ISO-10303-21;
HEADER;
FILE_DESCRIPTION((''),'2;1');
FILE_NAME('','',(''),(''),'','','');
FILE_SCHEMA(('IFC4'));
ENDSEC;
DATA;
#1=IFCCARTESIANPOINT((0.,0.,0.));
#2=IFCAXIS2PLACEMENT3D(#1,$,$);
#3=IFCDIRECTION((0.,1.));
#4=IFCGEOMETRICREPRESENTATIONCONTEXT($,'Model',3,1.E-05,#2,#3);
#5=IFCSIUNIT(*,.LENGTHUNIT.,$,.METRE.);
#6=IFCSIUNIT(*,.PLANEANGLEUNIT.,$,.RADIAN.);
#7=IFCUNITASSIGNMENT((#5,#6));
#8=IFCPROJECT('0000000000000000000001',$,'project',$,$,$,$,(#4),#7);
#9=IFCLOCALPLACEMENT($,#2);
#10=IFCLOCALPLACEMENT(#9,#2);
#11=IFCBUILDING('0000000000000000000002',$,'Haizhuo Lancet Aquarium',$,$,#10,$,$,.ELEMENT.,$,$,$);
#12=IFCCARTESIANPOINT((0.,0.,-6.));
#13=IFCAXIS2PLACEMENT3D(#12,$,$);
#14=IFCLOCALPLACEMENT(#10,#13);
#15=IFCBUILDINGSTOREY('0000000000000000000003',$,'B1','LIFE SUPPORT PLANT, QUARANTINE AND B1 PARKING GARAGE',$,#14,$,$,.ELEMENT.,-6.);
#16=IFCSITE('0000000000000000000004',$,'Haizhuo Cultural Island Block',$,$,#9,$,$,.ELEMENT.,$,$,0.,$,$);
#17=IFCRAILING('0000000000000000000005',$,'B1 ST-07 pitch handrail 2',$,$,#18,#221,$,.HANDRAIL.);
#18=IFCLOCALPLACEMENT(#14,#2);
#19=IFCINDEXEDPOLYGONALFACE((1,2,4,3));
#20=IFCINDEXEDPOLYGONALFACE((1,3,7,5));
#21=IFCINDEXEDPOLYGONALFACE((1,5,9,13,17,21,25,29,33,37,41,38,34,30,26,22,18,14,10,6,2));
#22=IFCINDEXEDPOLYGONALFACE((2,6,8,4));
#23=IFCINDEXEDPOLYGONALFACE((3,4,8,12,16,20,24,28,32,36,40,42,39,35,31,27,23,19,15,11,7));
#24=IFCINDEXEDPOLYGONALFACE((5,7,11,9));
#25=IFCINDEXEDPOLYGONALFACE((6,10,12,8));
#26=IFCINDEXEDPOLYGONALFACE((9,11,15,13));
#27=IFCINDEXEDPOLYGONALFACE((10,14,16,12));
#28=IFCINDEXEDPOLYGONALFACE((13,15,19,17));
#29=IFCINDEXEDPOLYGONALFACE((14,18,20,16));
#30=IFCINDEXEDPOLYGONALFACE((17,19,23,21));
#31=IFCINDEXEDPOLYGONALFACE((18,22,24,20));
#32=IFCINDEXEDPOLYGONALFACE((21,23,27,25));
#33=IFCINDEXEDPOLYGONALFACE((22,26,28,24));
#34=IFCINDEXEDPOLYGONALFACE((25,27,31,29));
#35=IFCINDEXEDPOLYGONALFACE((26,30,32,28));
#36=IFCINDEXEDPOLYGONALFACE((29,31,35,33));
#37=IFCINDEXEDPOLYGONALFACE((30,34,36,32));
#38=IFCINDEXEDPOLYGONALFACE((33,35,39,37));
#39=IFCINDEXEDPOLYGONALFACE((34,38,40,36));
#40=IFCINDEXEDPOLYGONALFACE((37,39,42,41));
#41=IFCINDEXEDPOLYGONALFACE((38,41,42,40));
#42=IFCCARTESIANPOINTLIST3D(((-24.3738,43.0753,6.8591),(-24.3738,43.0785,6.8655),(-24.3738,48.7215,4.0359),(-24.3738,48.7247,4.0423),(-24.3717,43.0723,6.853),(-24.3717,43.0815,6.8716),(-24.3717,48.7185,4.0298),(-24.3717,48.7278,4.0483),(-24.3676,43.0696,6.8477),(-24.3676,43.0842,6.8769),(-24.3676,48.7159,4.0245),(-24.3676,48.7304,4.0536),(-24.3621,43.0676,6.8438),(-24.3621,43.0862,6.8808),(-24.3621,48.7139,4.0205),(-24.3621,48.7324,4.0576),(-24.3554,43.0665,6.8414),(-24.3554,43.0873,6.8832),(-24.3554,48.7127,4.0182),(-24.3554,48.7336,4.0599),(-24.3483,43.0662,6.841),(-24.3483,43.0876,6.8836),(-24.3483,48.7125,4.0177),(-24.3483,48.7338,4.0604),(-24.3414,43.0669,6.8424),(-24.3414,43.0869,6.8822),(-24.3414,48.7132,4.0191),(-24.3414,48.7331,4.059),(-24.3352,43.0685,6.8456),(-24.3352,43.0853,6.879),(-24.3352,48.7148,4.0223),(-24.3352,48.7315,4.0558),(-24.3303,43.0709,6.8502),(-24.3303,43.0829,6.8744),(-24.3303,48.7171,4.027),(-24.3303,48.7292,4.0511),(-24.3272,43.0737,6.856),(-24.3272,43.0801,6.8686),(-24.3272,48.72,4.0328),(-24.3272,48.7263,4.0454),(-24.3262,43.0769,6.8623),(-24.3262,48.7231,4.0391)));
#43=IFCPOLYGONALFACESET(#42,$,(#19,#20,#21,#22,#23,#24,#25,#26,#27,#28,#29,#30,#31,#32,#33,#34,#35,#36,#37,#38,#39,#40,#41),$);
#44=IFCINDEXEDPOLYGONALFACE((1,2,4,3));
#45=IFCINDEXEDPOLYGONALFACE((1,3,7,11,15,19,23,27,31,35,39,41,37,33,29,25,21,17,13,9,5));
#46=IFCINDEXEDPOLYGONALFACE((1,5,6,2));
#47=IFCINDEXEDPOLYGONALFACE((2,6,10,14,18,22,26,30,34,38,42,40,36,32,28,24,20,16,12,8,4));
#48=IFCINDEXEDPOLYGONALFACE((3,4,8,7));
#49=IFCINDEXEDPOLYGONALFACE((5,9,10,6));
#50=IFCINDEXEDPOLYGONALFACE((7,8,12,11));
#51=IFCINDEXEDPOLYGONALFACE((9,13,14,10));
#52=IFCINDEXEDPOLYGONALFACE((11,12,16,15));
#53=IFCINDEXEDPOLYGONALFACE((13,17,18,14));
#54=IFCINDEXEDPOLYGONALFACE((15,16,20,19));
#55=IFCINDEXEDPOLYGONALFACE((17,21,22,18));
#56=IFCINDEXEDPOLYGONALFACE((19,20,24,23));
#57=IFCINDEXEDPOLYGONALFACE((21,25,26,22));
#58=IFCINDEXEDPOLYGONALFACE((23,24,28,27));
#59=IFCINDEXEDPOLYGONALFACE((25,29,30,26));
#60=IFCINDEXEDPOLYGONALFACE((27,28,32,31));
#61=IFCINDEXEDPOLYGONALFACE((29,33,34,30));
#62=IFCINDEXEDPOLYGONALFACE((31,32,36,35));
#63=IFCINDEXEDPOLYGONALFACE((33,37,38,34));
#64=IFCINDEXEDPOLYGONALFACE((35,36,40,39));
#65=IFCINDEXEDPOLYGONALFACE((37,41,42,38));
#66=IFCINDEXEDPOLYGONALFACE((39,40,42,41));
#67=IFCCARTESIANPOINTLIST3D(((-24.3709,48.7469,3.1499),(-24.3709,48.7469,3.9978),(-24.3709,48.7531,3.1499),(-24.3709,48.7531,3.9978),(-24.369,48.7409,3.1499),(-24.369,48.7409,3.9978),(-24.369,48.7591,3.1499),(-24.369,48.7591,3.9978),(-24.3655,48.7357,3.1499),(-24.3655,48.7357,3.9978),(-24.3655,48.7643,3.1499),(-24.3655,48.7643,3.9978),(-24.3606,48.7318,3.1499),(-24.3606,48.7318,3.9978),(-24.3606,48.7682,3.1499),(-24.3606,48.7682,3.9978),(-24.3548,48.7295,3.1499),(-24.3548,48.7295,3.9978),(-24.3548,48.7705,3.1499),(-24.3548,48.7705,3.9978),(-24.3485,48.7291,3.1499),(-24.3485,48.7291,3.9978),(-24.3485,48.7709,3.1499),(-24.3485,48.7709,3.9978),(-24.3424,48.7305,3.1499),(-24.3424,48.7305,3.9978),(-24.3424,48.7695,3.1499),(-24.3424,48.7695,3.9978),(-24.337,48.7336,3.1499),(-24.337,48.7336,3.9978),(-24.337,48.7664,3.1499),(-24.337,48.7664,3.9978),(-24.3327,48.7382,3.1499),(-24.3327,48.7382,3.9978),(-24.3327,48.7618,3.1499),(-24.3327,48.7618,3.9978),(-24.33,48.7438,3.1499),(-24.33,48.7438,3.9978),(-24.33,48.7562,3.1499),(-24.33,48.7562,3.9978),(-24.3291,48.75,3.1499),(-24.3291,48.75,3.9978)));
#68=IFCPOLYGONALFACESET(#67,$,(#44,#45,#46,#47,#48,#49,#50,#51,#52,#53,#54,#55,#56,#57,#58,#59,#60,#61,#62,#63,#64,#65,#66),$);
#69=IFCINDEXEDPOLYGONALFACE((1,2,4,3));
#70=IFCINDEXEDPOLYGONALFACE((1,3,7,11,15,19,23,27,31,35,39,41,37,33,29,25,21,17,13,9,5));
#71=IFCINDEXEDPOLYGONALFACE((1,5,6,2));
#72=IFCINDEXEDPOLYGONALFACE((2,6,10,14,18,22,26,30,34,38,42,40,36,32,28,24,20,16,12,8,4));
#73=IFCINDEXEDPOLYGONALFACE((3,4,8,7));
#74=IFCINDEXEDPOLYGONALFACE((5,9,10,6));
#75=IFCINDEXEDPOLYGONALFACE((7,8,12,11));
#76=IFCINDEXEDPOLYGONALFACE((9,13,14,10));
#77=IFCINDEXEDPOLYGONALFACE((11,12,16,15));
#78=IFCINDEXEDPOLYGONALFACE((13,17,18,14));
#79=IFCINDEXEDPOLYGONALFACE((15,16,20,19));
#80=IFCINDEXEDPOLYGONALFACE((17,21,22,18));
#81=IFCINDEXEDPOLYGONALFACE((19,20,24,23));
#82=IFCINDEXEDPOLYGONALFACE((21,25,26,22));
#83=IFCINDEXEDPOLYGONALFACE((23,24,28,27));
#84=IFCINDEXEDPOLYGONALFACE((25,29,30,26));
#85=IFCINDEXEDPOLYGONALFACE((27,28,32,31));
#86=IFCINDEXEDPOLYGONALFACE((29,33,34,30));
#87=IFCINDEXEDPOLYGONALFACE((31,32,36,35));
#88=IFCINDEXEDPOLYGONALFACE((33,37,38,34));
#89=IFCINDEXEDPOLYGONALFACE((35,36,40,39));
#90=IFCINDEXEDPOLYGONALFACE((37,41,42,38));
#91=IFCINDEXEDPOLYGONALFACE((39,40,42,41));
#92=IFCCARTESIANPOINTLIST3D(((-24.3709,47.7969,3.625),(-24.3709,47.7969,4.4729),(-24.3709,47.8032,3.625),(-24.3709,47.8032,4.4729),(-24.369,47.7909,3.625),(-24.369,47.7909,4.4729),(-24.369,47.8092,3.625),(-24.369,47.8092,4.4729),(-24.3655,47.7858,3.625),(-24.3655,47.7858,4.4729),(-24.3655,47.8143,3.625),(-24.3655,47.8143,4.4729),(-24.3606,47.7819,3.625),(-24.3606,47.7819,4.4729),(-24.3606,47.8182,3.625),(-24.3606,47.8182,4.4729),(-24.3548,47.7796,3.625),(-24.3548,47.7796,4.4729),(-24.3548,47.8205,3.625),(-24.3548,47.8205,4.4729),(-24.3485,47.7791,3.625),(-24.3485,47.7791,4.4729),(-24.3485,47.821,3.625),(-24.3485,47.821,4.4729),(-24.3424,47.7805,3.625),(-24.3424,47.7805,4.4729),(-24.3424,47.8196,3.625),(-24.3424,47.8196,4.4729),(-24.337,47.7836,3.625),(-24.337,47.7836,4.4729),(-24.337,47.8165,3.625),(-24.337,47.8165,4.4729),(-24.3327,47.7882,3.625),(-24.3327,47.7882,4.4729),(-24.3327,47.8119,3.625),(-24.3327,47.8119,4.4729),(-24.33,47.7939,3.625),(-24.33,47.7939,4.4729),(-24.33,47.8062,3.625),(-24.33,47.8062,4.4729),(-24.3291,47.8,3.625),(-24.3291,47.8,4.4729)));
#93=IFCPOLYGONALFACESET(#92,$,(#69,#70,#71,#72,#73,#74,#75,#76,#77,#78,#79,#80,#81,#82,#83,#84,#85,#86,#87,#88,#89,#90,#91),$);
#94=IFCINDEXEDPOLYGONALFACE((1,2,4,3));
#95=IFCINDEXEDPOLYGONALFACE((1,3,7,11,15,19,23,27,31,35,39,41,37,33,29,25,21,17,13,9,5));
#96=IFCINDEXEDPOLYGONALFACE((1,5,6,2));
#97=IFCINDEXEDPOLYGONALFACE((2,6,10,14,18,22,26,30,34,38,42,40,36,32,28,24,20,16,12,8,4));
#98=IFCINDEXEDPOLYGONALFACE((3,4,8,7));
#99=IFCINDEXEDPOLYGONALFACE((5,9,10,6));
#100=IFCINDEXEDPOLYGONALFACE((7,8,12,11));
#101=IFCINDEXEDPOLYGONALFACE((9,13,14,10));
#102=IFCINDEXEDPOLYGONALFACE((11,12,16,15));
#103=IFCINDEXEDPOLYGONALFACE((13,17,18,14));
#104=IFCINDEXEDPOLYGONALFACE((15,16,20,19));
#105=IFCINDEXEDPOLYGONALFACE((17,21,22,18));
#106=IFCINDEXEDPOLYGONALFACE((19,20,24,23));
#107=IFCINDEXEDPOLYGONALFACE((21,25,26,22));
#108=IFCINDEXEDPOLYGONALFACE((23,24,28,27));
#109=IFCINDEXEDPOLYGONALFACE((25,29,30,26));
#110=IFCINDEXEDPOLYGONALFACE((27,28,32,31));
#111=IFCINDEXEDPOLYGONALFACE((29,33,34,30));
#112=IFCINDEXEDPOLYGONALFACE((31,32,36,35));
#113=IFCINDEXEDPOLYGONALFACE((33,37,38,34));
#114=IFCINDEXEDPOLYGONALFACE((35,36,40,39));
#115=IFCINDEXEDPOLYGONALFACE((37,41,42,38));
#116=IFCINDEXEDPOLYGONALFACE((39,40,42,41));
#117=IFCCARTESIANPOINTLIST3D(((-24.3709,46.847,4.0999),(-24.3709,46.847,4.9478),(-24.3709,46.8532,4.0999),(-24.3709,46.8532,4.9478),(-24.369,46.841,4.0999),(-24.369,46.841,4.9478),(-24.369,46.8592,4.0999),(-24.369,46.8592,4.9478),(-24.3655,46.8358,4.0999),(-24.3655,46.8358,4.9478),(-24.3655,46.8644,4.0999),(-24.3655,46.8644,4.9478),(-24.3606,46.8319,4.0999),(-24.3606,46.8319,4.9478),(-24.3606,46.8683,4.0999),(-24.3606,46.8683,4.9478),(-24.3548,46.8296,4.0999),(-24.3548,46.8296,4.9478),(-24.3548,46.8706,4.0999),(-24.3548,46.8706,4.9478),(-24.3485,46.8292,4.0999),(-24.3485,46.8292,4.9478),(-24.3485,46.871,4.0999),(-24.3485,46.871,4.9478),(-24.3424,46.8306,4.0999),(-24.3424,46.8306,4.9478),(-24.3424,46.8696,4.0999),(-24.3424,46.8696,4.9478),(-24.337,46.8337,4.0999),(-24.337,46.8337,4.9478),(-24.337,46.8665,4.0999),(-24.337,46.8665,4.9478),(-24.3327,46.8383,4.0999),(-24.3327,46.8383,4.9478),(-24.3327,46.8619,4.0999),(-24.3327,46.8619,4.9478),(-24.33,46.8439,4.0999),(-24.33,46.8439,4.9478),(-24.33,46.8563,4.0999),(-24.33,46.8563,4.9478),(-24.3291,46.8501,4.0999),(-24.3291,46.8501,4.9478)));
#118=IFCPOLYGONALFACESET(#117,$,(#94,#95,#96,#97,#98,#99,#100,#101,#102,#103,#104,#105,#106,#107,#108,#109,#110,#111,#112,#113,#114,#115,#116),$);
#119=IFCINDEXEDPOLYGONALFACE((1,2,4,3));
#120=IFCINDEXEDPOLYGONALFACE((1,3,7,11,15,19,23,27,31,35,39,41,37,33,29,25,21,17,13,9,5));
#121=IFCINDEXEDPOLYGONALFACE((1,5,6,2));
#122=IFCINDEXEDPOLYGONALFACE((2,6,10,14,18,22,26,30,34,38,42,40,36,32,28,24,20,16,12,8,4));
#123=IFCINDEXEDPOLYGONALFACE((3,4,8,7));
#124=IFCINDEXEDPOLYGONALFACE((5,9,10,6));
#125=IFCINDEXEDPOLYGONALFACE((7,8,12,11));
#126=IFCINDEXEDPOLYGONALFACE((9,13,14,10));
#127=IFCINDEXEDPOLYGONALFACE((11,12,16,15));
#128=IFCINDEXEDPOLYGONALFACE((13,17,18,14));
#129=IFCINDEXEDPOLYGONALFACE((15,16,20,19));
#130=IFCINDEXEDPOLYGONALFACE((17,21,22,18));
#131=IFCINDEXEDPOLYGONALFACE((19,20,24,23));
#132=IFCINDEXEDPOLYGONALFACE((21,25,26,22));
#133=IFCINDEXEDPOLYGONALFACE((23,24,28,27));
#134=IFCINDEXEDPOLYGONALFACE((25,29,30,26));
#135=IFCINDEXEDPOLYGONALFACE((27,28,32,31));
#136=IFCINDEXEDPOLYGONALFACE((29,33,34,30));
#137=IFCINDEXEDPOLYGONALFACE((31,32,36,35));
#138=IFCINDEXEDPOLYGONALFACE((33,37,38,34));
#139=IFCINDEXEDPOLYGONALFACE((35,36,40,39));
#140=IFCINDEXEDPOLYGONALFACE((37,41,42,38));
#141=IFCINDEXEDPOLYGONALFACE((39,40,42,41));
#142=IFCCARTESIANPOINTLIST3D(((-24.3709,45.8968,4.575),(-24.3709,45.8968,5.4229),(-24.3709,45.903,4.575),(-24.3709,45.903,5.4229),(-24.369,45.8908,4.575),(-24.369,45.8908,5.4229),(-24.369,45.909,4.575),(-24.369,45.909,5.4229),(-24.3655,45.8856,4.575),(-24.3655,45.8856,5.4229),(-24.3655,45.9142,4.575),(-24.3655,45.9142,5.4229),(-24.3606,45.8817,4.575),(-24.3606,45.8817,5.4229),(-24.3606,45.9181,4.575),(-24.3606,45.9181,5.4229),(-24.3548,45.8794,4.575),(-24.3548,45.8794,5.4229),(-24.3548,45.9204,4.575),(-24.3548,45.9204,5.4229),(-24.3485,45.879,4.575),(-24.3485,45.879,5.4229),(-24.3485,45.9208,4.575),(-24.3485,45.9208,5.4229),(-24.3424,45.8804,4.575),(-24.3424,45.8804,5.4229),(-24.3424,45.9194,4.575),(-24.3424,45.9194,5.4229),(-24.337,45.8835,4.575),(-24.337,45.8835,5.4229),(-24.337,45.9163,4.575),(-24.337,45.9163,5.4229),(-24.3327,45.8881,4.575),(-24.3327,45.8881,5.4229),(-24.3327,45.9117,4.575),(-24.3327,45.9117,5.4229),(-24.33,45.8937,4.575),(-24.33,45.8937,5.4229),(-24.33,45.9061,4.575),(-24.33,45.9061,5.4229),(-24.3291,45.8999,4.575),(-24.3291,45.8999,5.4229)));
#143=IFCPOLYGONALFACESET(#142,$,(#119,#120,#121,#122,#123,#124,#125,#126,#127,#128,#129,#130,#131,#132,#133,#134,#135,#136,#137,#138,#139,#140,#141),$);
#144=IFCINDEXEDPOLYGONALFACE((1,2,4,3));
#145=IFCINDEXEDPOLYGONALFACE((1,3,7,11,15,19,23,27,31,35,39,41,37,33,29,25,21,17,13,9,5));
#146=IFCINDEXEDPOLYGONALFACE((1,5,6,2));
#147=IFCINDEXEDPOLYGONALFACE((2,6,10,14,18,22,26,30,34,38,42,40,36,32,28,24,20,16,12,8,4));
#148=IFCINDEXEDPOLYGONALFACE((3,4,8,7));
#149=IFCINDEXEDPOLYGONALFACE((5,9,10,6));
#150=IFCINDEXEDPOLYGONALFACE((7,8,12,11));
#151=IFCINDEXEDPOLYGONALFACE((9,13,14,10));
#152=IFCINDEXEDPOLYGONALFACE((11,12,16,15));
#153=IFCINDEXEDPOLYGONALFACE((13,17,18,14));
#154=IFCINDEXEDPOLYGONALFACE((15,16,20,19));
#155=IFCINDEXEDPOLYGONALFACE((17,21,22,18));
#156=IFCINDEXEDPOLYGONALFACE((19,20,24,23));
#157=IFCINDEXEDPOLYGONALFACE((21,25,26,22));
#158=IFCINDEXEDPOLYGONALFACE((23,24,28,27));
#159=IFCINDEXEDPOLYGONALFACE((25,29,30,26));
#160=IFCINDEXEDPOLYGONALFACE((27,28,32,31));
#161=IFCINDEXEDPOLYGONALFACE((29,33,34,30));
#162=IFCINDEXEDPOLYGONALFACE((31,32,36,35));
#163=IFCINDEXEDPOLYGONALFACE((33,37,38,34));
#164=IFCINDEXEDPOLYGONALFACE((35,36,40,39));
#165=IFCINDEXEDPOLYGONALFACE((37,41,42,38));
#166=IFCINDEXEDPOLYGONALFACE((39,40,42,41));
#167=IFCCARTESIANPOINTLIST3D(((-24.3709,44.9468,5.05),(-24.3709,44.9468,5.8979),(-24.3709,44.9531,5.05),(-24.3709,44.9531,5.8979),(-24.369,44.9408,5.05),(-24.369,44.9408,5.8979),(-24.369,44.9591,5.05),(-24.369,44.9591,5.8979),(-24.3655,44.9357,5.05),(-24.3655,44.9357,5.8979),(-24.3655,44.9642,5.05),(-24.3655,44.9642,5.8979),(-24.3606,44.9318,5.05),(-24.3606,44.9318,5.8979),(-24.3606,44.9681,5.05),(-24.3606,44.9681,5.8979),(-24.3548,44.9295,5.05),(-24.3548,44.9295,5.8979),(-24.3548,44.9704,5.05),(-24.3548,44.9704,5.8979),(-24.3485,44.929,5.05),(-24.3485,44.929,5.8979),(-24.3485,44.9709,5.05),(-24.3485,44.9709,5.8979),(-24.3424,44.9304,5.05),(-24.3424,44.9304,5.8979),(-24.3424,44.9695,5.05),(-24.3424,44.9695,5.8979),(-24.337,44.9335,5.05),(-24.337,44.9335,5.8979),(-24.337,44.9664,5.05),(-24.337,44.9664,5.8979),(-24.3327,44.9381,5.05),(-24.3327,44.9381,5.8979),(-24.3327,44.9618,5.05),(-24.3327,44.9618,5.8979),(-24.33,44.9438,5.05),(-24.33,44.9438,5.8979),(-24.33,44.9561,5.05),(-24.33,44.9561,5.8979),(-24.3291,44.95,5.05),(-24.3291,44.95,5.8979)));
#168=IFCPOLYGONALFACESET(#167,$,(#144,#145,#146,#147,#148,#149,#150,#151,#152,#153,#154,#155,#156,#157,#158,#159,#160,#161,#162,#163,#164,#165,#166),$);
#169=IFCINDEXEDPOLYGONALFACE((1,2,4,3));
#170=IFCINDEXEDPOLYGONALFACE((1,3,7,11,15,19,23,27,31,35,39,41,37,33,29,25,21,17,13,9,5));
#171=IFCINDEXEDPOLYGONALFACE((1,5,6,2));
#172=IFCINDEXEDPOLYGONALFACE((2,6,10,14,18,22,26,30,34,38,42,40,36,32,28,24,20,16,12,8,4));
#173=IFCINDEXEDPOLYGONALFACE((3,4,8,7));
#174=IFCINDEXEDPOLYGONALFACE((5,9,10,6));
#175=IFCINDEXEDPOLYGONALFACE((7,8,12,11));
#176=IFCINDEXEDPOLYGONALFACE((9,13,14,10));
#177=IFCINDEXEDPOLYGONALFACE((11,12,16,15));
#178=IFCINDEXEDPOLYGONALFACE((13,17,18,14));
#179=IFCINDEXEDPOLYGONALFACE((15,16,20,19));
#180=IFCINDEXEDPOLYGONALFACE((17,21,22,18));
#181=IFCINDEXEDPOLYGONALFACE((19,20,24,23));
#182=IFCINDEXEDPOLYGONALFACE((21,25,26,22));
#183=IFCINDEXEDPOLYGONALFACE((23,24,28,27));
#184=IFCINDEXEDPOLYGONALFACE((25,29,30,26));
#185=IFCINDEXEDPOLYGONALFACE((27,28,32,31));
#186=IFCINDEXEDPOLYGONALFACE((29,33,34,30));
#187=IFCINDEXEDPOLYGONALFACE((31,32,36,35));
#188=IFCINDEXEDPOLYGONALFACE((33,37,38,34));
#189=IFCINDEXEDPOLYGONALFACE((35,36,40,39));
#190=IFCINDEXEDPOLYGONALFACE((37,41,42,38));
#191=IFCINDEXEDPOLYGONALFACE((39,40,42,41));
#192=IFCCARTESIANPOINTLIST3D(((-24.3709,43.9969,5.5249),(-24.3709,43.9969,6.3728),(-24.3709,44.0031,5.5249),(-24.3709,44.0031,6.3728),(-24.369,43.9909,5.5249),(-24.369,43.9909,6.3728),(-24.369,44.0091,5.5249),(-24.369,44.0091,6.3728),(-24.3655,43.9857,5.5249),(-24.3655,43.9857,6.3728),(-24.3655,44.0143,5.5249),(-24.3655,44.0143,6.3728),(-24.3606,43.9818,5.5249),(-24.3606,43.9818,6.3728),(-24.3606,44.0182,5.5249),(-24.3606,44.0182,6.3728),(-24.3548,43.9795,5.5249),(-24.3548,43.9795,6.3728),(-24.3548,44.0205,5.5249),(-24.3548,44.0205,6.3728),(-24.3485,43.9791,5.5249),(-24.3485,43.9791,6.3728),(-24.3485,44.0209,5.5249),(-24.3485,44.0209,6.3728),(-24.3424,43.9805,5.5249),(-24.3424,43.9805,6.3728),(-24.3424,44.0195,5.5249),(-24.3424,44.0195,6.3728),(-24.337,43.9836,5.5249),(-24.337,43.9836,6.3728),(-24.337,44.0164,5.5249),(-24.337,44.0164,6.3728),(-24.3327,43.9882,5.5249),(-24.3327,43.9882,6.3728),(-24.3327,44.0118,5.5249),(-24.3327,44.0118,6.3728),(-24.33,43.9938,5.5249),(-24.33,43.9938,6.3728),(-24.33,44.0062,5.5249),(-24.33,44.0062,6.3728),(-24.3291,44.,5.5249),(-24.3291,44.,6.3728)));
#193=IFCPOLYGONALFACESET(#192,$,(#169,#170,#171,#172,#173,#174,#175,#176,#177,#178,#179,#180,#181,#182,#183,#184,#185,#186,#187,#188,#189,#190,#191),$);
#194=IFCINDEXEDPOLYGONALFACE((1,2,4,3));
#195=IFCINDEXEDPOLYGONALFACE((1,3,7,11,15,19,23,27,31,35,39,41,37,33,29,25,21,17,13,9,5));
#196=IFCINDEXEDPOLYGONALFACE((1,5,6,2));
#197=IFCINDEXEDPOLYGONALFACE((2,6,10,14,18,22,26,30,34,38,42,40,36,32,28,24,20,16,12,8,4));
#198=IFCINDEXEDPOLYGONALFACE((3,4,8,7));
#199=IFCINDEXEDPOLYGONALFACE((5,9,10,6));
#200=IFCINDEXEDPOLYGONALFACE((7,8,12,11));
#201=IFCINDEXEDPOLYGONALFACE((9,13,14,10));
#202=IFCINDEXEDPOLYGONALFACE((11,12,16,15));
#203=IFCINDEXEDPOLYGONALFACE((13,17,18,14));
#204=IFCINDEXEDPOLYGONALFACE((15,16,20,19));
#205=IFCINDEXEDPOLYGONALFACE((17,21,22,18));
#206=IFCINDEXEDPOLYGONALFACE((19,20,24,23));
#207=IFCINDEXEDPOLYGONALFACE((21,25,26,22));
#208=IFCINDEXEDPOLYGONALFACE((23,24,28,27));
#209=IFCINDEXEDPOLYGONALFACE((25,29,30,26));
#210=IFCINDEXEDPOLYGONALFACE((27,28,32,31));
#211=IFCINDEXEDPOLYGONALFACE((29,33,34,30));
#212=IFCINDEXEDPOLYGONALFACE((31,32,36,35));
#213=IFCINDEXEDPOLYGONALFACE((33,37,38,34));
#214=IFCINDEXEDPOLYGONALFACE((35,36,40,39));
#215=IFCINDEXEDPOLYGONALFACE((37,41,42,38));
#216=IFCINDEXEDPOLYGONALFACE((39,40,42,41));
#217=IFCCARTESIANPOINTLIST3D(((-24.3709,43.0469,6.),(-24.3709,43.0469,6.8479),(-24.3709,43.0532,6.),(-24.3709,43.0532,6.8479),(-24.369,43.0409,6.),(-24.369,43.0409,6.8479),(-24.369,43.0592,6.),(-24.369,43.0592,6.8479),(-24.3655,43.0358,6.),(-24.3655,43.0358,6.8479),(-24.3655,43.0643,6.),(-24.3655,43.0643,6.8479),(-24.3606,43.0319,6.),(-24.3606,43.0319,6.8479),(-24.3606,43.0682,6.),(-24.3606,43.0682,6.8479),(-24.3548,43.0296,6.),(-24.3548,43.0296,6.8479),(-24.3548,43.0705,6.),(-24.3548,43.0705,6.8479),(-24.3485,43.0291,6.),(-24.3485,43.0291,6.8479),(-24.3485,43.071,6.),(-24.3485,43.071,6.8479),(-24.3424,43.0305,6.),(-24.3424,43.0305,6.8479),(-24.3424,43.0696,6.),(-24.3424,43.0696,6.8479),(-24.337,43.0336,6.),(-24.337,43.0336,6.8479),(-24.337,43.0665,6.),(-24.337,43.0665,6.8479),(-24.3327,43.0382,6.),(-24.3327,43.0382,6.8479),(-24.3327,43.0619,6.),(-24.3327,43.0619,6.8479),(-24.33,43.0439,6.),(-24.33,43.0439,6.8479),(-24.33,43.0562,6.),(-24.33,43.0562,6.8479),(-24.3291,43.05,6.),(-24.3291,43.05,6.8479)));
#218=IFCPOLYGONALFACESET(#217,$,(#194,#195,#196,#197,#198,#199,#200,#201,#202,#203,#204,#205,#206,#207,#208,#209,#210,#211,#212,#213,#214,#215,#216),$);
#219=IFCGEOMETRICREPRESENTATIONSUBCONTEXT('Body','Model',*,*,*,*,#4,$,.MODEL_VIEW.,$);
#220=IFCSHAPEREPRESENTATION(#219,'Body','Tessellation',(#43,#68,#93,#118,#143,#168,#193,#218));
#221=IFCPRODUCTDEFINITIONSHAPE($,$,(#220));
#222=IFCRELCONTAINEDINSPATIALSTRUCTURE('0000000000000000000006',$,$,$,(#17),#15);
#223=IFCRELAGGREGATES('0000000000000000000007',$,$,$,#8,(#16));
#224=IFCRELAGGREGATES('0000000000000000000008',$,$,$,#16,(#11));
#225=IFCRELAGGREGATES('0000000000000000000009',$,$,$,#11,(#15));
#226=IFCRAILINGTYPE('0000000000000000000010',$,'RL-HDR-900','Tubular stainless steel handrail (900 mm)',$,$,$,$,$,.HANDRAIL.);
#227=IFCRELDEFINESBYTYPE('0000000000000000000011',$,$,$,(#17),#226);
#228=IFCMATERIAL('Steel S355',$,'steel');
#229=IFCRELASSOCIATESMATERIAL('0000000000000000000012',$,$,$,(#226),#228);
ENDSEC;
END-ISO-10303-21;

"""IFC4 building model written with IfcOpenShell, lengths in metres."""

from ifc_helpers import new_model, si_unit, direction, frame, origin, origin_2d, place, context, subcontext, project, spatial, circle, extrude, material, type_object, element, save


model = new_model("IFC4")

# Units and contexts
model_context = context("Model", 3, precision=1e-05, world=origin(), true_north=direction((0.0, 1.0)))
body_context = subcontext(model_context, "Body", "Model", "MODEL_VIEW")
ifc_project = project(units=[si_unit("LENGTHUNIT", "METRE"), si_unit("PLANEANGLEUNIT", "RADIAN")], contexts=[model_context])

# Site, building, storey
site_placement = place(None, origin())
site = spatial("IfcSite", under=ifc_project, at=site_placement, Name="Haizhuo Cultural Island Block", CompositionType="ELEMENT", RefElevation=0.0)
building_placement = place(site_placement, origin())
building = spatial("IfcBuilding", under=site, at=building_placement, Name="Haizhuo Lancet Aquarium", CompositionType="ELEMENT")
storey_placement = place(building_placement, frame((0.0, 0.0, -6.0)))
storey = spatial("IfcBuildingStorey", under=building, at=storey_placement, Name="B1", Description="LIFE SUPPORT PLANT, QUARANTINE AND B1 PARKING GARAGE", CompositionType="ELEMENT", Elevation=-6.0)

# Shared definitions
ifc_material_1 = material(Name="Steel S355", Category="steel")

# Railing
railing_type_1 = type_object("IfcRailingType", Name="RL-HDR-900", Description="Tubular stainless steel handrail (900 mm)", PredefinedType="HANDRAIL", material=ifc_material_1)
railing_1_placement = place(storey_placement, frame((-24.3501, 48.75, 3.1499)))
element("IfcRailing", 1, at=railing_1_placement, inside=storey, type_object=railing_type_1, Name="B1 ST-07 pitch handrail 2", PredefinedType="HANDRAIL", context=body_context, shape_type="SweptSolid", body=[
    extrude(circle(Radius=0.0239, at=origin_2d()), frame((0.0, -0.0269, 0.8892), z_axis=(0.0, -0.89442, 0.447229), x_axis=(1.0, 0.0, 0.0)), (0.0, 0.0, 1.0), 6.3127),
    extrude(circle(Radius=0.021, at=origin_2d()), origin(), (0.0, 0.0, 1.0), 0.8479),
    extrude(circle(Radius=0.021, at=origin_2d()), frame((0.0, -0.95, 0.4751)), (0.0, 0.0, 1.0), 0.8479),
    extrude(circle(Radius=0.021, at=origin_2d()), frame((0.0, -1.8999, 0.95)), (0.0, 0.0, 1.0), 0.8479),
    extrude(circle(Radius=0.021, at=origin_2d()), frame((0.0, -2.8501, 1.425)), (0.0, 0.0, 1.0), 0.8479),
    extrude(circle(Radius=0.021, at=origin_2d()), frame((0.0, -3.8, 1.9001)), (0.0, 0.0, 1.0), 0.8479),
    extrude(circle(Radius=0.021, at=origin_2d()), frame((0.0, -4.75, 2.375)), (0.0, 0.0, 1.0), 0.8479),
    extrude(circle(Radius=0.021, at=origin_2d()), frame((0.0, -5.7, 2.8501)), (0.0, 0.0, 1.0), 0.8479),
])

save(model, "model.ifc")
